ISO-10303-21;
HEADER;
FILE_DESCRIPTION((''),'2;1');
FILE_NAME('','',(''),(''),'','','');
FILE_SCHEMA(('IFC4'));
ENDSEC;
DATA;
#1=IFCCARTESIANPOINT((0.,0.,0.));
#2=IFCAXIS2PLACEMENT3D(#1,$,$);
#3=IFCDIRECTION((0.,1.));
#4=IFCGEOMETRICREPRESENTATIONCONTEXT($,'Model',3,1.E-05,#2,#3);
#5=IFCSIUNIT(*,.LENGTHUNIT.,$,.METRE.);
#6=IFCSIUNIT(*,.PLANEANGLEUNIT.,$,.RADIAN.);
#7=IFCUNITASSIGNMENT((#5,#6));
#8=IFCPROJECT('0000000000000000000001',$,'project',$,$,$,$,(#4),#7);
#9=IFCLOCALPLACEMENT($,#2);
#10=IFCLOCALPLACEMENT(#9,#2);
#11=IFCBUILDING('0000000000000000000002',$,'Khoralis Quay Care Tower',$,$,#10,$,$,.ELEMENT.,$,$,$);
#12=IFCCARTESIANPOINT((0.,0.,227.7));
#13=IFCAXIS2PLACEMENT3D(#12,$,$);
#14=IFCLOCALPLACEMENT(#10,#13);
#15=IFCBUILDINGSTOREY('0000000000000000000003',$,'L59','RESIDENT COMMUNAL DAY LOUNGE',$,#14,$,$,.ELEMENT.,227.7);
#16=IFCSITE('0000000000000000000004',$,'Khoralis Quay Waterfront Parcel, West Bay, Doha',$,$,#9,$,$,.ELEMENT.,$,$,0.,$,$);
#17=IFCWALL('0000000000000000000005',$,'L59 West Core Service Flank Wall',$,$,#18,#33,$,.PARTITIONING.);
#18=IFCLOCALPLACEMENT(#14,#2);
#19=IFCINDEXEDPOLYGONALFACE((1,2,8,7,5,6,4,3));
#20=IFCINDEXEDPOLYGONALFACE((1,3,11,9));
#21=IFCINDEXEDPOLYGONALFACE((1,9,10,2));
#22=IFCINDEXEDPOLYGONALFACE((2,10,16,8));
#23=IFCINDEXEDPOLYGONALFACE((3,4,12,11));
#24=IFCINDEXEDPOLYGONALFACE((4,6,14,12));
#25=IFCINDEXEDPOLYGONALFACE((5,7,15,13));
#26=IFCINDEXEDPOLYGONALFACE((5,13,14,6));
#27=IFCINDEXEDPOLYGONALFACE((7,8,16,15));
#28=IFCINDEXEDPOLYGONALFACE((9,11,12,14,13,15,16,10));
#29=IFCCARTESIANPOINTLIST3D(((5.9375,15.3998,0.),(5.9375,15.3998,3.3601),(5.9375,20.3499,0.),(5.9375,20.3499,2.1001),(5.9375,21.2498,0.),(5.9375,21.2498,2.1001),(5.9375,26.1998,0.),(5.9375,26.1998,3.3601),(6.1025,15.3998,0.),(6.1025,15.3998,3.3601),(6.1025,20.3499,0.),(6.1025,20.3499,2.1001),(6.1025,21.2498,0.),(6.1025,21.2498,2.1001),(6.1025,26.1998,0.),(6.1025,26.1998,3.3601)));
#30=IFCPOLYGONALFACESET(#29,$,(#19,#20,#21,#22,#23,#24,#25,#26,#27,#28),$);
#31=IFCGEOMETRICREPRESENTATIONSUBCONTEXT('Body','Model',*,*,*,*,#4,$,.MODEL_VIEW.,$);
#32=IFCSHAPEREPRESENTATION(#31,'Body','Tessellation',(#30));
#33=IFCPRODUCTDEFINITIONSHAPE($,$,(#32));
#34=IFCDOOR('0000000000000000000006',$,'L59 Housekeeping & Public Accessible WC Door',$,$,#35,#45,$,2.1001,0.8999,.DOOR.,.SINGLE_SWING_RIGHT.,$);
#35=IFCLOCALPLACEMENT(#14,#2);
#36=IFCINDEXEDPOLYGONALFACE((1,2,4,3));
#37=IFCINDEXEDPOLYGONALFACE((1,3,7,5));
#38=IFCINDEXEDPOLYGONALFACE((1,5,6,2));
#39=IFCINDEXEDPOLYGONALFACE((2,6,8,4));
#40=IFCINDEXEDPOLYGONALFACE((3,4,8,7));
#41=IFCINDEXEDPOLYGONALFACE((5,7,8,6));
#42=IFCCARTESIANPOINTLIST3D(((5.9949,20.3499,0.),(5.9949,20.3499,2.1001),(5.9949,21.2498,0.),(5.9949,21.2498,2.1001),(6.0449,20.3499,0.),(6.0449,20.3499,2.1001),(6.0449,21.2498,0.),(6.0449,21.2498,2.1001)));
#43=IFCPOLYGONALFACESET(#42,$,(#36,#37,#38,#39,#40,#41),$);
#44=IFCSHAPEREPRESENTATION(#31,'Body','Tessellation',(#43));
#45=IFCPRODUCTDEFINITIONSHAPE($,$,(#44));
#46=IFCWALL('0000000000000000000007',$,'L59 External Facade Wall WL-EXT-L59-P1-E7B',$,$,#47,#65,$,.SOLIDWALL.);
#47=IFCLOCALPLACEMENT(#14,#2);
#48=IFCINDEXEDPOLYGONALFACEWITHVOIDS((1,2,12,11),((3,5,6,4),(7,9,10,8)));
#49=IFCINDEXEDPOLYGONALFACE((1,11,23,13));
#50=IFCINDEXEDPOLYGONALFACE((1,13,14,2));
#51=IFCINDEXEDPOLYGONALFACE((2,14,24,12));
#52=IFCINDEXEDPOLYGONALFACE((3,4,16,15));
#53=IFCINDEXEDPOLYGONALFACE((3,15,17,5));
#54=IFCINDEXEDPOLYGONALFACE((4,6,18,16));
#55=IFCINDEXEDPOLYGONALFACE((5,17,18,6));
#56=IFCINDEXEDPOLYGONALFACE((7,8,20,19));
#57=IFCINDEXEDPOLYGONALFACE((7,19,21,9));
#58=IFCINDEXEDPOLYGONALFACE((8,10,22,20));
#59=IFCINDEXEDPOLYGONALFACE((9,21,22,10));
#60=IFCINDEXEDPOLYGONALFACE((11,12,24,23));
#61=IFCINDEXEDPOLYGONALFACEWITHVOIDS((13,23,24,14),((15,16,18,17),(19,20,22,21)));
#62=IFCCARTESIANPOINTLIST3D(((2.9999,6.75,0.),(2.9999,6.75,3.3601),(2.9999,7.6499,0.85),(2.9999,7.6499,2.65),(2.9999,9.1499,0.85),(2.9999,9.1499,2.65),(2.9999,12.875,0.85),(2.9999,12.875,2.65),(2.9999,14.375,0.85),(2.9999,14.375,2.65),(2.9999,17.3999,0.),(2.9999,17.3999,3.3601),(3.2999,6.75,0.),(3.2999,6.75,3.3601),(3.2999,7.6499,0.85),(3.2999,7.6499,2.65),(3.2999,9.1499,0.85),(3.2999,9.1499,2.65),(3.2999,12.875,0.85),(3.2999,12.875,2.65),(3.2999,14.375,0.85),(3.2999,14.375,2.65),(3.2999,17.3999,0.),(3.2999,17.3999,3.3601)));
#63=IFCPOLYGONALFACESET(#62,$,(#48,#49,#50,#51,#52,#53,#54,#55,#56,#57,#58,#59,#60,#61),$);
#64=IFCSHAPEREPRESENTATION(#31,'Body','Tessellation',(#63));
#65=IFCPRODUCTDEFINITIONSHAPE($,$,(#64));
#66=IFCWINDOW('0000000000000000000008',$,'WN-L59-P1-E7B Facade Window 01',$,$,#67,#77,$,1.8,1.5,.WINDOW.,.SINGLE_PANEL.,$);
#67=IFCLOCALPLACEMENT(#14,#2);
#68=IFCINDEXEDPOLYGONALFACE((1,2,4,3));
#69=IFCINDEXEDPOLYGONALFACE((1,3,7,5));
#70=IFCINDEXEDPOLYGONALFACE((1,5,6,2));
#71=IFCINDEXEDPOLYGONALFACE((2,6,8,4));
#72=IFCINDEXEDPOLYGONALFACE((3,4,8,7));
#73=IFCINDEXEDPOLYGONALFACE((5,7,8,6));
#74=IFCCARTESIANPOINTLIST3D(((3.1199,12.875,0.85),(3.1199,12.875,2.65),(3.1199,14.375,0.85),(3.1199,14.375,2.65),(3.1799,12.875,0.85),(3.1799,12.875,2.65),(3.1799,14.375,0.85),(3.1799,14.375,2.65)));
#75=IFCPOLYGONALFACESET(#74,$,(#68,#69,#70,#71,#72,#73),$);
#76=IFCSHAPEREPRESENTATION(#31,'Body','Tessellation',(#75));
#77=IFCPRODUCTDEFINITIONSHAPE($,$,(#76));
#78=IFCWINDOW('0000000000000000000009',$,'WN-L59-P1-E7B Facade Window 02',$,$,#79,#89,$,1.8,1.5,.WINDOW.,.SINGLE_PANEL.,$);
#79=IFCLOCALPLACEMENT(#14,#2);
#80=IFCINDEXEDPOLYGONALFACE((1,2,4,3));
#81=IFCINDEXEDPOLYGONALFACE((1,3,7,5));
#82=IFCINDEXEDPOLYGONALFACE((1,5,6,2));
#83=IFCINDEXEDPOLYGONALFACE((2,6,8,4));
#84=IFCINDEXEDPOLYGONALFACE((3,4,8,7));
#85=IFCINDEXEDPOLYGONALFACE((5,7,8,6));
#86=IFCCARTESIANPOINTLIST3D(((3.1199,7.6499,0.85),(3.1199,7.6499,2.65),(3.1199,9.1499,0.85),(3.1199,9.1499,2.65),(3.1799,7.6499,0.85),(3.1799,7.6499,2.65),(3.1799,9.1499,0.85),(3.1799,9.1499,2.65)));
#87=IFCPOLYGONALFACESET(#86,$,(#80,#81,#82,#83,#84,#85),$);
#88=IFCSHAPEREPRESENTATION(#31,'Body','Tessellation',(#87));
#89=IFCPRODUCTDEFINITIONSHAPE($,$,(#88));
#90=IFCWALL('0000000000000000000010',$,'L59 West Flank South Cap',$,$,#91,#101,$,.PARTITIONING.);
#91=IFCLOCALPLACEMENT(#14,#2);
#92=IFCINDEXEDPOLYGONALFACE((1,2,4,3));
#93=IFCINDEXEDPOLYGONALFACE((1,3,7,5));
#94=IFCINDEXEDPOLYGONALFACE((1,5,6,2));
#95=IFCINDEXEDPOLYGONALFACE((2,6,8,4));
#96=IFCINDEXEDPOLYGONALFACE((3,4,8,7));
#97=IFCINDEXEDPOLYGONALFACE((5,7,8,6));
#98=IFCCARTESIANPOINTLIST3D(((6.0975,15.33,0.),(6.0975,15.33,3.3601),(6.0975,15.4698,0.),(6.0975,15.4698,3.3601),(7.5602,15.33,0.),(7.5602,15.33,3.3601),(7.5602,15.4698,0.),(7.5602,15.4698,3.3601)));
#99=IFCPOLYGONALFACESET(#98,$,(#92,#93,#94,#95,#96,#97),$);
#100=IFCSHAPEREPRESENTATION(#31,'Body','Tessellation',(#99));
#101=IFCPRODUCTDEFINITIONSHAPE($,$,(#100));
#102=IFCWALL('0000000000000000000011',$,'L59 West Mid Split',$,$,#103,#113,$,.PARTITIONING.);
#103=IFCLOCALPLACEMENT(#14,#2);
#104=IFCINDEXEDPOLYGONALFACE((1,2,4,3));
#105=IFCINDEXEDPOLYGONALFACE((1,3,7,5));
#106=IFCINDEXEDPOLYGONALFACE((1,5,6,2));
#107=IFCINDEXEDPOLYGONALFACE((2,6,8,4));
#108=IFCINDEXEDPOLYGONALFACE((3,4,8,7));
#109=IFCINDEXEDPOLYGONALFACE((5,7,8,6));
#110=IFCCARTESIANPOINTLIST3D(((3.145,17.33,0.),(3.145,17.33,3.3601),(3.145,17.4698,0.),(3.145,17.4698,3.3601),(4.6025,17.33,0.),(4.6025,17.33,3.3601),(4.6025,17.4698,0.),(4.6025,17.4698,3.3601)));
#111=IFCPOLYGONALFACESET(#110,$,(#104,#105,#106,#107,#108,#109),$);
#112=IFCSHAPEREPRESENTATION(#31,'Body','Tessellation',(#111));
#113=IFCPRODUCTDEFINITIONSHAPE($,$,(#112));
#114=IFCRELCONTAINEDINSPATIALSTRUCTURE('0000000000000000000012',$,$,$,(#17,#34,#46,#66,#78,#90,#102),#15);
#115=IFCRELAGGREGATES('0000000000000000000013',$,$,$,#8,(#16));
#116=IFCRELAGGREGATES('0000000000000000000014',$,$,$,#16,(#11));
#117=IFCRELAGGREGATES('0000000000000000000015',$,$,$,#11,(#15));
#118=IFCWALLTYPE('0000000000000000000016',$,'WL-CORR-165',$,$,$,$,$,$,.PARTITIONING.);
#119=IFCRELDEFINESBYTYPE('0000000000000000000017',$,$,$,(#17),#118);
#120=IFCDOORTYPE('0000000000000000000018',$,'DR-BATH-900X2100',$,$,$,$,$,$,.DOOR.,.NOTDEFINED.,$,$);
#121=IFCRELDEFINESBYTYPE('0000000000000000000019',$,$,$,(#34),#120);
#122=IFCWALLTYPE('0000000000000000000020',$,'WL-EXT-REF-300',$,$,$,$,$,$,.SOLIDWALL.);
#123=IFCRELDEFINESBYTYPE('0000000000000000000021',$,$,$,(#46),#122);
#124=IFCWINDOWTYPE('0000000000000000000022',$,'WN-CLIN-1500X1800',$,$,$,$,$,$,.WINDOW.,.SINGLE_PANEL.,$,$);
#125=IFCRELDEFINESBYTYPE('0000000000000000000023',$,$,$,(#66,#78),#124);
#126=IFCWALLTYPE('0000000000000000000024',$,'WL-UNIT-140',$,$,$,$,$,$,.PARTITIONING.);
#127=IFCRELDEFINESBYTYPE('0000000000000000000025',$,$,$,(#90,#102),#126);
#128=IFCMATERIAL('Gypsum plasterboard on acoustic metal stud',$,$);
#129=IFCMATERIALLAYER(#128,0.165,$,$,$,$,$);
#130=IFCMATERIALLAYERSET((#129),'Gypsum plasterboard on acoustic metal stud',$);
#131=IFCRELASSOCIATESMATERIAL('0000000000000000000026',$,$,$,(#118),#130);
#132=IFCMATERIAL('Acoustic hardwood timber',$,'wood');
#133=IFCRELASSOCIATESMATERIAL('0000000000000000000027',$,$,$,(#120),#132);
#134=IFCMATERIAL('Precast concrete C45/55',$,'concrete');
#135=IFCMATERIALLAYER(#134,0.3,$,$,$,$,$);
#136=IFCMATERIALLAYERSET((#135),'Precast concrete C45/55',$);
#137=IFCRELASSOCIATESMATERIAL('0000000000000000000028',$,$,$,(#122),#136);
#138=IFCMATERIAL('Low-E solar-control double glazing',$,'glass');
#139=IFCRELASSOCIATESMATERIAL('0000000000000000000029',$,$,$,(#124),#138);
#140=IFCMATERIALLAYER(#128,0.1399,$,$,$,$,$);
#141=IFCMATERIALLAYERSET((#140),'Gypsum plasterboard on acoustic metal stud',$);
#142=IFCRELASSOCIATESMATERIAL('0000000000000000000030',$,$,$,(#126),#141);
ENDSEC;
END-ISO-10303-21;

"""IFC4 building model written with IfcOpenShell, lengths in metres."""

from ifc_helpers import new_model, si_unit, direction, frame, frame_2d, origin, place, context, subcontext, project, spatial, rectangle, extrude, source, transform, mapped, material, layer, layer_set, type_object, element, fill, save


model = new_model("IFC4")

# Units and contexts
model_context = context("Model", 3, precision=1e-05, world=origin(), true_north=direction((0.0, 1.0)))
body_context = subcontext(model_context, "Body", "Model", "MODEL_VIEW")
ifc_project = project(units=[si_unit("LENGTHUNIT", "METRE"), si_unit("PLANEANGLEUNIT", "RADIAN")], contexts=[model_context])

# Site, building, storey
site_placement = place(None, origin())
site = spatial("IfcSite", under=ifc_project, at=site_placement, Name="Khoralis Quay Waterfront Parcel, West Bay, Doha", CompositionType="ELEMENT", RefElevation=0.0)
building_placement = place(site_placement, origin())
building = spatial("IfcBuilding", under=site, at=building_placement, Name="Khoralis Quay Care Tower", CompositionType="ELEMENT")
storey_placement = place(building_placement, frame((0.0, 0.0, 227.7)))
storey = spatial("IfcBuildingStorey", under=building, at=storey_placement, Name="L59", Description="RESIDENT COMMUNAL DAY LOUNGE", CompositionType="ELEMENT", Elevation=227.7)

# Shared definitions
ifc_material_1 = material(Name="Low-E solar-control double glazing", Category="glass")

# Shared definitions
ifc_material_2 = material(Name="Gypsum plasterboard on acoustic metal stud")

# Wall, opening, door
ifc_layer_1 = layer(ifc_material_2, 0.165)
ifc_layer_set_1 = layer_set([ifc_layer_1], Name="Gypsum plasterboard on acoustic metal stud")
wall_type_1 = type_object("IfcWallType", Name="WL-CORR-165", PredefinedType="PARTITIONING", material=ifc_layer_set_1)
wall_1_placement = place(storey_placement, frame((6.02, 15.3999, 0.0), z_axis=(0.0, 0.0, 1.0), x_axis=(0.0, 1.0, 0.0)))
wall_1 = element("IfcWall", 1, at=wall_1_placement, inside=storey, type_object=wall_type_1, Name="L59 West Core Service Flank Wall", PredefinedType="PARTITIONING", context=body_context, shape_type="SweptSolid", body=[
    extrude(rectangle(XDim=10.8, YDim=0.165, at=frame_2d((5.3999, 0.0))), origin(), (0.0, 0.0, 1.0), 3.3601),
])
opening_1_placement = place(wall_1_placement, frame((4.95, 0.0, 0.0)))
opening_1 = element("IfcOpeningElement", 2, at=opening_1_placement, cuts=wall_1, PredefinedType="OPENING", context=body_context, shape_type="SweptSolid", body=[
    extrude(rectangle(XDim=0.8999, YDim=2.1001, at=frame_2d((0.45, 1.05))), frame((0.0, 0.0925, 0.0), z_axis=(0.0, -1.0, 0.0), x_axis=(1.0, 0.0, 0.0)), (0.0, 0.0, 1.0), 0.1851),
])
ifc_material_3 = material(Name="Acoustic hardwood timber", Category="wood")
door_type_1 = type_object("IfcDoorType", Name="DR-BATH-900X2100", OperationType="NOTDEFINED", PredefinedType="DOOR", material=ifc_material_3)
shared_shape_1 = source(origin(), body_context, "Body", "SweptSolid", [
    extrude(rectangle(XDim=0.8999, YDim=2.1001, at=frame_2d((0.45, 1.05))), frame((0.0, 0.0249, 0.0), z_axis=(0.0, -1.0, 0.0), x_axis=(1.0, 0.0, 0.0)), (0.0, 0.0, 1.0), 0.05),
])
door_1_placement = place(opening_1_placement, frame((0.8999, 0.0, 0.0), z_axis=(0.0, 0.0, 1.0), x_axis=(-1.0, 0.0, 0.0)))
door_1 = element("IfcDoor", 3, at=door_1_placement, inside=storey, type_object=door_type_1, Name="L59 Housekeeping & Public Accessible WC Door", OperationType="SINGLE_SWING_RIGHT", OverallHeight=2.1001, OverallWidth=0.8999, PredefinedType="DOOR", context=body_context, shape_type="MappedRepresentation", body=[
    mapped(shared_shape_1, transform((0.0, 0.0, 0.0), scale=1.0)),
])
fill(opening_1, door_1)

# Wall, openings, windows
ifc_material_4 = material(Name="Precast concrete C45/55", Category="concrete")
ifc_layer_2 = layer(ifc_material_4, 0.3)
ifc_layer_set_2 = layer_set([ifc_layer_2], Name="Precast concrete C45/55")
wall_type_2 = type_object("IfcWallType", Name="WL-EXT-REF-300", PredefinedType="SOLIDWALL", material=ifc_layer_set_2)
wall_2_placement = place(storey_placement, frame((3.1499, 17.3999, 0.0), z_axis=(0.0, 0.0, 1.0), x_axis=(0.0, -1.0, 0.0)))
wall_2 = element("IfcWall", 4, at=wall_2_placement, inside=storey, type_object=wall_type_2, Name="L59 External Facade Wall WL-EXT-L59-P1-E7B", PredefinedType="SOLIDWALL", context=body_context, shape_type="SweptSolid", body=[
    extrude(rectangle(XDim=10.6499, YDim=0.3, at=frame_2d((5.325, 0.0))), origin(), (0.0, 0.0, 1.0), 3.3601),
])
opening_2_placement = place(wall_2_placement, frame((3.0249, 0.0, 0.8501)))
opening_2 = element("IfcOpeningElement", 5, at=opening_2_placement, cuts=wall_2, PredefinedType="OPENING", context=body_context, shape_type="SweptSolid", body=[
    extrude(rectangle(XDim=1.5, YDim=1.8, at=frame_2d((0.75, 0.8999))), frame((0.0, 0.1602, 0.0), z_axis=(0.0, -1.0, 0.0), x_axis=(1.0, 0.0, 0.0)), (0.0, 0.0, 1.0), 0.3201),
])
opening_3_placement = place(wall_2_placement, frame((8.25, 0.0, 0.8501)))
opening_3 = element("IfcOpeningElement", 6, at=opening_3_placement, cuts=wall_2, PredefinedType="OPENING", context=body_context, shape_type="SweptSolid", body=[
    extrude(rectangle(XDim=1.5, YDim=1.8, at=frame_2d((0.75, 0.8999))), frame((0.0, 0.1602, 0.0), z_axis=(0.0, -1.0, 0.0), x_axis=(1.0, 0.0, 0.0)), (0.0, 0.0, 1.0), 0.3201),
])
window_type = type_object("IfcWindowType", Name="WN-CLIN-1500X1800", PartitioningType="SINGLE_PANEL", PredefinedType="WINDOW", material=ifc_material_1)
shared_shape_2 = source(origin(), body_context, "Body", "SweptSolid", [
    extrude(rectangle(XDim=1.5, YDim=1.8, at=frame_2d((0.75, 0.8999))), frame((0.0, 0.03, 0.0), z_axis=(0.0, -1.0, 0.0), x_axis=(1.0, 0.0, 0.0)), (0.0, 0.0, 1.0), 0.0601),
])
window_1_placement = place(opening_2_placement, origin())
window_1 = element("IfcWindow", 7, at=window_1_placement, inside=storey, type_object=window_type, Name="WN-L59-P1-E7B Facade Window 01", OverallHeight=1.8, OverallWidth=1.5, PartitioningType="SINGLE_PANEL", PredefinedType="WINDOW", context=body_context, shape_type="MappedRepresentation", body=[
    mapped(shared_shape_2, transform((0.0, 0.0, 0.0), scale=1.0)),
])
fill(opening_2, window_1)
window_2_placement = place(opening_3_placement, origin())
window_2 = element("IfcWindow", 8, at=window_2_placement, inside=storey, type_object=window_type, Name="WN-L59-P1-E7B Facade Window 02", OverallHeight=1.8, OverallWidth=1.5, PartitioningType="SINGLE_PANEL", PredefinedType="WINDOW", context=body_context, shape_type="MappedRepresentation", body=[
    mapped(shared_shape_2, transform((0.0, 0.0, 0.0), scale=1.0)),
])
fill(opening_3, window_2)

# Walls
ifc_layer_3 = layer(ifc_material_2, 0.1399)
ifc_layer_set_3 = layer_set([ifc_layer_3], Name="Gypsum plasterboard on acoustic metal stud")
wall_type_3 = type_object("IfcWallType", Name="WL-UNIT-140", PredefinedType="PARTITIONING", material=ifc_layer_set_3)
wall_3_placement = place(storey_placement, frame((6.0974, 15.3999, 0.0), z_axis=(0.0, 0.0, 1.0), x_axis=(1.0, 0.0, 0.0)))
element("IfcWall", 9, at=wall_3_placement, inside=storey, type_object=wall_type_3, Name="L59 West Flank South Cap", PredefinedType="PARTITIONING", context=body_context, shape_type="SweptSolid", body=[
    extrude(rectangle(XDim=1.4626, YDim=0.1399, at=frame_2d((0.7314, 0.0))), origin(), (0.0, 0.0, 1.0), 3.3601),
])
wall_4_placement = place(storey_placement, frame((3.145, 17.3999, 0.0), z_axis=(0.0, 0.0, 1.0), x_axis=(1.0, 0.0, 0.0)))
element("IfcWall", 10, at=wall_4_placement, inside=storey, type_object=wall_type_3, Name="L59 West Mid Split", PredefinedType="PARTITIONING", context=body_context, shape_type="SweptSolid", body=[
    extrude(rectangle(XDim=1.4575, YDim=0.1399, at=frame_2d((0.7288, 0.0))), origin(), (0.0, 0.0, 1.0), 3.3601),
])

save(model, "model.ifc")
